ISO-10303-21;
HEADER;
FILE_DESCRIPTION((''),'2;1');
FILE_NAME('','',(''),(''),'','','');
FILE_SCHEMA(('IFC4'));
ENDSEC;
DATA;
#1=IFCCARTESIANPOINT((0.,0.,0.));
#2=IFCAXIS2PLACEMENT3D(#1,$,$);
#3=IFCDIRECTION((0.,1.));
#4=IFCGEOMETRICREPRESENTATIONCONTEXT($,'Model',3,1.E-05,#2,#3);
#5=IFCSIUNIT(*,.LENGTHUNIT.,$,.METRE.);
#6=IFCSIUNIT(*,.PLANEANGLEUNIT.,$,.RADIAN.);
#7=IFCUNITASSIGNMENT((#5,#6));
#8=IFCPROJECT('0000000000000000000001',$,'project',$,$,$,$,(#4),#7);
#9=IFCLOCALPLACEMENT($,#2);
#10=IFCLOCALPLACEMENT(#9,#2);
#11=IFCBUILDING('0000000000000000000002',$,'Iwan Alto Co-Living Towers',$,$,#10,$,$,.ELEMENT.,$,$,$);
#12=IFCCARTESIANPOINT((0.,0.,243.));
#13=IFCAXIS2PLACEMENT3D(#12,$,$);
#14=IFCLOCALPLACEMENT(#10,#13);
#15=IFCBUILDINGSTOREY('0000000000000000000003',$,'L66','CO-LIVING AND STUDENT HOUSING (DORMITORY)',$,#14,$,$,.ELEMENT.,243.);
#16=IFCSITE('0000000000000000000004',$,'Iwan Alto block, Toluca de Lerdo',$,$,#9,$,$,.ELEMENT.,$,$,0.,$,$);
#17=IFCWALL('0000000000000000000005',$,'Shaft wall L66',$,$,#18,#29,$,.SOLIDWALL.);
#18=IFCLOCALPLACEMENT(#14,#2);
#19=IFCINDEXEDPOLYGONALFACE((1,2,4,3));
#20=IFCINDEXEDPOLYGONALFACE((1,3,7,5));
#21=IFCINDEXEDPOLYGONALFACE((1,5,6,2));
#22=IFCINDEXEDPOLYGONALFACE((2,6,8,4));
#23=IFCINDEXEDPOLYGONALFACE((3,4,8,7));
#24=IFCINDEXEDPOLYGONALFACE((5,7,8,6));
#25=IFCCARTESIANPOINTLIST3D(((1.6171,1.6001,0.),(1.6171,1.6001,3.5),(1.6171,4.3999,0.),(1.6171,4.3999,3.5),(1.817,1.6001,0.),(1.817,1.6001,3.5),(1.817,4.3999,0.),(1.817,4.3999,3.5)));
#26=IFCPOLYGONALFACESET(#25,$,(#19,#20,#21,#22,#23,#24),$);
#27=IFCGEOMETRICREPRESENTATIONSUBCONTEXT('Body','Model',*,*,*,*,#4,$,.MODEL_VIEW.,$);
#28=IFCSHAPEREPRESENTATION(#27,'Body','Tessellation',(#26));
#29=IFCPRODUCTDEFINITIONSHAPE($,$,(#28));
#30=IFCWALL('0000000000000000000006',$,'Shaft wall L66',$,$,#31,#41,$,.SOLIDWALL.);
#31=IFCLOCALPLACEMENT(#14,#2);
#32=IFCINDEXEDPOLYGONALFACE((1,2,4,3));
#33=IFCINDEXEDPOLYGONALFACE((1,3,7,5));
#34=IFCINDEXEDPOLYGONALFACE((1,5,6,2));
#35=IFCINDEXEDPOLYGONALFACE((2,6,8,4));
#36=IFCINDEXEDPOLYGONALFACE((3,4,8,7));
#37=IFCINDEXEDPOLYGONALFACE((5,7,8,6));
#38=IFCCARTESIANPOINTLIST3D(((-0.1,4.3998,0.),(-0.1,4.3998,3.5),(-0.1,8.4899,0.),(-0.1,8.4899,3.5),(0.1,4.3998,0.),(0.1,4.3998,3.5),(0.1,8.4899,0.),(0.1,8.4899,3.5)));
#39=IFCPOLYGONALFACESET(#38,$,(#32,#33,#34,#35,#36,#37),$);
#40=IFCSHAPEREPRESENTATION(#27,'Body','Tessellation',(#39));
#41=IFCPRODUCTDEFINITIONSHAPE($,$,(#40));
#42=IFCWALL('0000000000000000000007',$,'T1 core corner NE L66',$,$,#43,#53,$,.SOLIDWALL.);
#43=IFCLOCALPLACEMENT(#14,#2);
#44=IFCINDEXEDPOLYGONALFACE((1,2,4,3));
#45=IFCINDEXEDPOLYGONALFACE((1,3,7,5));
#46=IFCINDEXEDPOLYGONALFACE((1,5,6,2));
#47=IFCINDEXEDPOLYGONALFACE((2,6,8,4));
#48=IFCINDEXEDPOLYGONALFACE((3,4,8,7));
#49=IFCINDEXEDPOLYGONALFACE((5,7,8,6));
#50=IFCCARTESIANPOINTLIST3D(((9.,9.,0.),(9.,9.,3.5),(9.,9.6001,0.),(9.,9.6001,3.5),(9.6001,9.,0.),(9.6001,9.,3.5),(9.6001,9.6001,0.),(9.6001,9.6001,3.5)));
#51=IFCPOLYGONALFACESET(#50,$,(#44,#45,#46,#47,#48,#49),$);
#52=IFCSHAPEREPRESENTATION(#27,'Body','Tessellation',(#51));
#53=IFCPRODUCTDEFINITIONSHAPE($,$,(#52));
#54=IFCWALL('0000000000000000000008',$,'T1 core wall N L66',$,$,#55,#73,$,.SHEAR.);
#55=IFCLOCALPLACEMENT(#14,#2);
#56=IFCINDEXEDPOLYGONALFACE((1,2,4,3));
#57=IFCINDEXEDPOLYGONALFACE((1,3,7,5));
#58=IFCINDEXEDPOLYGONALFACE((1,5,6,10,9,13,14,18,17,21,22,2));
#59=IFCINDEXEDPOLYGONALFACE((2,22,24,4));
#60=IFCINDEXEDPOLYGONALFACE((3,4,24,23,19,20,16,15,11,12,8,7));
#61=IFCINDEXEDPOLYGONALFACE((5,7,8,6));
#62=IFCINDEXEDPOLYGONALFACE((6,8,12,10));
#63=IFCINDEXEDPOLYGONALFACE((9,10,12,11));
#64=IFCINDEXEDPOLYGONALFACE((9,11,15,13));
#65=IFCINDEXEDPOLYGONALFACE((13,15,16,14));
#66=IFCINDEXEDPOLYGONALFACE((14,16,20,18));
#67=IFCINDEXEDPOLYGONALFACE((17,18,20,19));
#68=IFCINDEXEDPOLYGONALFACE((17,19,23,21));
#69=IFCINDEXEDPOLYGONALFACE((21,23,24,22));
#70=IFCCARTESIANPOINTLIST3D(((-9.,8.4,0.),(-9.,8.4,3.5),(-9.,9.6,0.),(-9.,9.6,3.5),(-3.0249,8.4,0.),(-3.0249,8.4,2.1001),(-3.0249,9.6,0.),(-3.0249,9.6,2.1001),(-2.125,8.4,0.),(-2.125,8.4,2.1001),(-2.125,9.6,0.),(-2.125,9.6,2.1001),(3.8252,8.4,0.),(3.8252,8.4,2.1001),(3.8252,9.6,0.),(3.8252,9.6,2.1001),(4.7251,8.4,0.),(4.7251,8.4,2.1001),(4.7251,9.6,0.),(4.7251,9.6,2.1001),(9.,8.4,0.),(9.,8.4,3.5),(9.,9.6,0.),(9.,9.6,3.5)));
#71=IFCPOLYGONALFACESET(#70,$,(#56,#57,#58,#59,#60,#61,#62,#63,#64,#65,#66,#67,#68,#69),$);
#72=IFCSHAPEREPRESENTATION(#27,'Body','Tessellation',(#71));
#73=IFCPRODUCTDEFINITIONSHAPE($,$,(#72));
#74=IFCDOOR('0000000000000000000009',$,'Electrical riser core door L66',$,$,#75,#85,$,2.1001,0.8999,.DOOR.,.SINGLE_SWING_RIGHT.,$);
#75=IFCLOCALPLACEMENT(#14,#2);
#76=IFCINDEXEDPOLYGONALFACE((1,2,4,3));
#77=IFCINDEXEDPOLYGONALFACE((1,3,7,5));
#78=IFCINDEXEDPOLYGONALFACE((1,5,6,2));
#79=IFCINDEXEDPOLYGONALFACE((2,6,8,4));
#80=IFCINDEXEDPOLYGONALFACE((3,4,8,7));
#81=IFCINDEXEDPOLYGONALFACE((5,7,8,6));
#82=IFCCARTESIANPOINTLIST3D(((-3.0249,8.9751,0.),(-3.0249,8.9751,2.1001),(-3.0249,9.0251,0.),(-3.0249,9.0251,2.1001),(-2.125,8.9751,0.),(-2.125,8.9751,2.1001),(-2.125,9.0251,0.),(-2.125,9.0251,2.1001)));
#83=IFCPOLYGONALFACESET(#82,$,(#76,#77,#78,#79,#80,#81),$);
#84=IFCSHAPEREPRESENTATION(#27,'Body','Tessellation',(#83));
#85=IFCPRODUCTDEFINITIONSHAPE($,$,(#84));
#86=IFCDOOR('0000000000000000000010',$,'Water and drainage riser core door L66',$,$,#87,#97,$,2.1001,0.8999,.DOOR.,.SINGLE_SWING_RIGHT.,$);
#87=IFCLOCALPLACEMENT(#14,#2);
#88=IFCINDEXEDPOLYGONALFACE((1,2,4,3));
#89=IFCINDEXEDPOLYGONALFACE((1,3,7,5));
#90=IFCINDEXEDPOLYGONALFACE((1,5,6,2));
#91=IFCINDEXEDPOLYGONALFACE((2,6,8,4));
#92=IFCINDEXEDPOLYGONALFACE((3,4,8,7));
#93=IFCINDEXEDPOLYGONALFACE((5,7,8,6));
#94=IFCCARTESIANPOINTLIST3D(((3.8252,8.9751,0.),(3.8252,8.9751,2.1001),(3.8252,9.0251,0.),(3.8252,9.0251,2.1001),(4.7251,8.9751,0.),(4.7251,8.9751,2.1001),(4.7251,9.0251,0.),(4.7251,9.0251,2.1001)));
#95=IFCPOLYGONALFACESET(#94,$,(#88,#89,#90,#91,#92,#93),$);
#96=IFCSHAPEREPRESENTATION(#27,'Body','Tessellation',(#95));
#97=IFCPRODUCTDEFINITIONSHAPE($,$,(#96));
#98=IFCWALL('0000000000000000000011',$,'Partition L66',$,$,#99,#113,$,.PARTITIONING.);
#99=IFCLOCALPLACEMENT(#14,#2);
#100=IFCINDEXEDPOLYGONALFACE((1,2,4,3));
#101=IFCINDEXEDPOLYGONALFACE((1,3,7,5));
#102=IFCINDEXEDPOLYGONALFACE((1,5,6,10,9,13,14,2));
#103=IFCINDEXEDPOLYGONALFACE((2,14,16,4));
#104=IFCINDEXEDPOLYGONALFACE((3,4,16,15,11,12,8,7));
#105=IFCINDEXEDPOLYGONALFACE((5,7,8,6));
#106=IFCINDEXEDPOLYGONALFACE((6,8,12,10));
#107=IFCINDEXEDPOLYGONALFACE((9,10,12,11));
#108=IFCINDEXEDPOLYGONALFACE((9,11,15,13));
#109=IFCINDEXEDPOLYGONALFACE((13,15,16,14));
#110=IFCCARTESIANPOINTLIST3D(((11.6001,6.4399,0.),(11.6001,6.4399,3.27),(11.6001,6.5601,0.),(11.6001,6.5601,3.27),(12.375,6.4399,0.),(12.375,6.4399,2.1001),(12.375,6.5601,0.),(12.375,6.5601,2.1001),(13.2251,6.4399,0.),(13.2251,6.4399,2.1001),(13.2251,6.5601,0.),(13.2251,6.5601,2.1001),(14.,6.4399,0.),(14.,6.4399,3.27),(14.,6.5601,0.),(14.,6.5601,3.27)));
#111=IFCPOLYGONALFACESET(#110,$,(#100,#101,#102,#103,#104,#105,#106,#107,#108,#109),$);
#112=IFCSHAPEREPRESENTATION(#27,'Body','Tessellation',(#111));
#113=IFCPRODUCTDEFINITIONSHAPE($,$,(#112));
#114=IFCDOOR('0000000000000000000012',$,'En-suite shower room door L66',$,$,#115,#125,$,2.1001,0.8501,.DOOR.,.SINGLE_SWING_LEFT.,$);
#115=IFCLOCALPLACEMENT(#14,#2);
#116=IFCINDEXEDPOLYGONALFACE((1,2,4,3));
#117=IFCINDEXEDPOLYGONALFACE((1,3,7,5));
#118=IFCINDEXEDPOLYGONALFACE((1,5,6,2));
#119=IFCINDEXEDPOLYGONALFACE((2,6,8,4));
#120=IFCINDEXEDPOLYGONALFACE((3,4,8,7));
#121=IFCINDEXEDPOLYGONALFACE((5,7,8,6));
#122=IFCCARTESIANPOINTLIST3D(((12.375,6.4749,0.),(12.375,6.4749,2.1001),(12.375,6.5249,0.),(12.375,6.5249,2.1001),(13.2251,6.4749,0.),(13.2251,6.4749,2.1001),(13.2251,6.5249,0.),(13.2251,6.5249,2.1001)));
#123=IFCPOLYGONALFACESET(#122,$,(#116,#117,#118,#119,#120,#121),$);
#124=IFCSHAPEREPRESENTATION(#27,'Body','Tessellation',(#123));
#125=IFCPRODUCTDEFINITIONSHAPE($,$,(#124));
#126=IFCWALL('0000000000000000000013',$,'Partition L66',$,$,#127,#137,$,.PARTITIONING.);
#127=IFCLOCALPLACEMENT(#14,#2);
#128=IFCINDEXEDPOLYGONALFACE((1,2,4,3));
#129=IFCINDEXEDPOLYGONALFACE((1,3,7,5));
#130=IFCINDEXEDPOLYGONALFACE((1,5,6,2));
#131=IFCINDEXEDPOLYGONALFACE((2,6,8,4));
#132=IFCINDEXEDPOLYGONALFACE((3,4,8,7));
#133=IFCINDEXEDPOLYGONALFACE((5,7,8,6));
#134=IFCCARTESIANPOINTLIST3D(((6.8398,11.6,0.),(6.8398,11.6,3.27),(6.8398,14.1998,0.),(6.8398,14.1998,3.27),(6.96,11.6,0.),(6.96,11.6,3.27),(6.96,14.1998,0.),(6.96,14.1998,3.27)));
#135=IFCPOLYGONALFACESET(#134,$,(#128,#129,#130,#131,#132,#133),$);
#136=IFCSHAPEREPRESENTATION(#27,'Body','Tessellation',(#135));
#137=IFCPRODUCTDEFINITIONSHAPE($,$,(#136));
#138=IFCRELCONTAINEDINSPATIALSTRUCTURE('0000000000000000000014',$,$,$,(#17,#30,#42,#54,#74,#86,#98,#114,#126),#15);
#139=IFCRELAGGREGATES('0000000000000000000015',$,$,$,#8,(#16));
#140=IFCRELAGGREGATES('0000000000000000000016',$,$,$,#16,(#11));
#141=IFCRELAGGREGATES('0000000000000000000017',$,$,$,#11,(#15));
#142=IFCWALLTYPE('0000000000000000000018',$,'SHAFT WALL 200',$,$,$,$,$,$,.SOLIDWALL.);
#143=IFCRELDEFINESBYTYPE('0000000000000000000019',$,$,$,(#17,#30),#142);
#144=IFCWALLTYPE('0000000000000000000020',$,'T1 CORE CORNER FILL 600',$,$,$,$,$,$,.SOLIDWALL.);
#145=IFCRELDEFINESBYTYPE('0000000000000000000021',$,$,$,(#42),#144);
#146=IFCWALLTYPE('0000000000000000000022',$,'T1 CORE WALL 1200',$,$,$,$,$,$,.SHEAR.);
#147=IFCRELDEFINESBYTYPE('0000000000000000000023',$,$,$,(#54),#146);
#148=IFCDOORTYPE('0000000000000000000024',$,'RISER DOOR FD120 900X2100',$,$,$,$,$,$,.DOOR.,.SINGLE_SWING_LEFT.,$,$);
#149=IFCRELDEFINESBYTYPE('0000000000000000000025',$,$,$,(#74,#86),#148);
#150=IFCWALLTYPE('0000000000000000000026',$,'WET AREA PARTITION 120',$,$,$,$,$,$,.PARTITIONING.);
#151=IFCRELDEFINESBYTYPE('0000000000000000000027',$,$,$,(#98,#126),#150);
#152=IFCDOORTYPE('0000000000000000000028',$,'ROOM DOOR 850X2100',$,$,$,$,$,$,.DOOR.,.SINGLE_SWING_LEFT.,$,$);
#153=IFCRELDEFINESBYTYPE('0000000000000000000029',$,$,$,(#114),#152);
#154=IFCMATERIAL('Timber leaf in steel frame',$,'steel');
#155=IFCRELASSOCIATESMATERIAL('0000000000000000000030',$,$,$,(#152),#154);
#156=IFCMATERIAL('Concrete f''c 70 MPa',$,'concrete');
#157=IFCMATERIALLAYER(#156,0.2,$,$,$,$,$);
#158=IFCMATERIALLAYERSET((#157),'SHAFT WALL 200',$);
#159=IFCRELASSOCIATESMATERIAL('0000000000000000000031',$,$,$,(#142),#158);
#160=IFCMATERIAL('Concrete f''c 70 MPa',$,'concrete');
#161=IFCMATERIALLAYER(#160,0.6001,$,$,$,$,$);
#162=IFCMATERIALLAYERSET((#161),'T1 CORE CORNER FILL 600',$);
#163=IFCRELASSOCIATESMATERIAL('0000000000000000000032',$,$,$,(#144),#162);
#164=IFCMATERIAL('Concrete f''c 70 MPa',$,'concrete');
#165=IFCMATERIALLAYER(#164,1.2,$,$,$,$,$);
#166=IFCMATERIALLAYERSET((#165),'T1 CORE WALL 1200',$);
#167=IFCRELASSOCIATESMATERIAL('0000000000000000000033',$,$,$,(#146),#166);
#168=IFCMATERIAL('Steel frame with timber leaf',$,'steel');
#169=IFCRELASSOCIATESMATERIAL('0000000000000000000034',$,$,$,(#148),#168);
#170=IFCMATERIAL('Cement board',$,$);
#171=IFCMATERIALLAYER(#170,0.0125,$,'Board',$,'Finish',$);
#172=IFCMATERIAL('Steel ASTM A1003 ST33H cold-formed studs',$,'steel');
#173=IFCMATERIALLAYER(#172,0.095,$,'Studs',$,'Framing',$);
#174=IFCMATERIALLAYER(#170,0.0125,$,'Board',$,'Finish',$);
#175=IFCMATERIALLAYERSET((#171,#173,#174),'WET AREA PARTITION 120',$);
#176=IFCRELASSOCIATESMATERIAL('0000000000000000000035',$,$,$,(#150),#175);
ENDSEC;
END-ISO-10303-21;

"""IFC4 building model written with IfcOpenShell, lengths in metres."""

from ifc_helpers import new_model, si_unit, direction, frame, frame_2d, origin, place, context, subcontext, project, spatial, rectangle, extrude, material, layer, layer_set, type_object, element, fill, save


model = new_model("IFC4")

# Units and contexts
model_context = context("Model", 3, precision=1e-05, world=origin(), true_north=direction((0.0, 1.0)))
body_context = subcontext(model_context, "Body", "Model", "MODEL_VIEW")
ifc_project = project(units=[si_unit("LENGTHUNIT", "METRE"), si_unit("PLANEANGLEUNIT", "RADIAN")], contexts=[model_context])

# Site, building, storey
site_placement = place(None, origin())
site = spatial("IfcSite", under=ifc_project, at=site_placement, Name="Iwan Alto block, Toluca de Lerdo", CompositionType="ELEMENT", RefElevation=0.0)
building_placement = place(site_placement, origin())
building = spatial("IfcBuilding", under=site, at=building_placement, Name="Iwan Alto Co-Living Towers", CompositionType="ELEMENT")
storey_placement = place(building_placement, frame((0.0, 0.0, 243.0)))
storey = spatial("IfcBuildingStorey", under=building, at=storey_placement, Name="L66", Description="CO-LIVING AND STUDENT HOUSING (DORMITORY)", CompositionType="ELEMENT", Elevation=243.0)

# Shared definitions
ifc_material_1 = material(Name="Steel ASTM A1003 ST33H cold-formed studs", Category="steel")
ifc_material_2 = material(Name="Timber leaf in steel frame", Category="steel")
door_type_1 = type_object("IfcDoorType", Name="ROOM DOOR 850X2100", OperationType="SINGLE_SWING_LEFT", PredefinedType="DOOR", material=ifc_material_2)

# Walls
ifc_material_3 = material(Name="Concrete f'c 70 MPa", Category="concrete")
ifc_layer_1 = layer(ifc_material_3, 0.2)
ifc_layer_set_1 = layer_set([ifc_layer_1], Name="SHAFT WALL 200")
wall_type_1 = type_object("IfcWallType", Name="SHAFT WALL 200", PredefinedType="SOLIDWALL", material=ifc_layer_set_1)
wall_1_placement = place(storey_placement, frame((1.717, 1.6001, 0.0), z_axis=(0.0, 0.0, 1.0), x_axis=(0.0, 1.0, 0.0)))
element("IfcWall", 1, at=wall_1_placement, inside=storey, type_object=wall_type_1, Name="Shaft wall L66", PredefinedType="SOLIDWALL", context=body_context, shape_type="SweptSolid", body=[
    extrude(rectangle(XDim=2.7998, YDim=0.2, at=frame_2d((1.3999, 0.0))), origin(), (0.0, 0.0, 1.0), 3.5),
])
wall_2_placement = place(storey_placement, frame((0.0, 4.3999, 0.0), z_axis=(0.0, 0.0, 1.0), x_axis=(0.0, 1.0, 0.0)))
element("IfcWall", 2, at=wall_2_placement, inside=storey, type_object=wall_type_1, Name="Shaft wall L66", PredefinedType="SOLIDWALL", context=body_context, shape_type="SweptSolid", body=[
    extrude(rectangle(XDim=4.0901, YDim=0.2, at=frame_2d((2.0449, 0.0))), origin(), (0.0, 0.0, 1.0), 3.5),
])
ifc_material_4 = material(Name="Concrete f'c 70 MPa", Category="concrete")
ifc_layer_2 = layer(ifc_material_4, 0.6001)
ifc_layer_set_2 = layer_set([ifc_layer_2], Name="T1 CORE CORNER FILL 600")
wall_type_2 = type_object("IfcWallType", Name="T1 CORE CORNER FILL 600", PredefinedType="SOLIDWALL", material=ifc_layer_set_2)
wall_3_placement = place(storey_placement, frame((9.0, 9.3, 0.0), z_axis=(0.0, 0.0, 1.0), x_axis=(1.0, 0.0, 0.0)))
element("IfcWall", 3, at=wall_3_placement, inside=storey, type_object=wall_type_2, Name="T1 core corner NE L66", PredefinedType="SOLIDWALL", context=body_context, shape_type="SweptSolid", body=[
    extrude(rectangle(XDim=0.6001, YDim=0.6001, at=frame_2d((0.3, 0.0))), origin(), (0.0, 0.0, 1.0), 3.5),
])

# Wall, openings, doors
ifc_material_5 = material(Name="Concrete f'c 70 MPa", Category="concrete")
ifc_layer_3 = layer(ifc_material_5, 1.2)
ifc_layer_set_3 = layer_set([ifc_layer_3], Name="T1 CORE WALL 1200")
wall_type_3 = type_object("IfcWallType", Name="T1 CORE WALL 1200", PredefinedType="SHEAR", material=ifc_layer_set_3)
wall_4_placement = place(storey_placement, frame((9.0, 9.0, 0.0), z_axis=(0.0, 0.0, 1.0), x_axis=(-1.0, 0.0, 0.0)))
wall_4 = element("IfcWall", 4, at=wall_4_placement, inside=storey, type_object=wall_type_3, Name="T1 core wall N L66", PredefinedType="SHEAR", context=body_context, shape_type="SweptSolid", body=[
    extrude(rectangle(XDim=18.0, YDim=1.2, at=frame_2d((9.0, 0.0))), origin(), (0.0, 0.0, 1.0), 3.5),
])
opening_1_placement = place(wall_4_placement, frame((11.125, 0.0, 0.0)))
opening_1 = element("IfcOpeningElement", 5, at=opening_1_placement, cuts=wall_4, PredefinedType="OPENING", context=body_context, shape_type="SweptSolid", body=[
    extrude(rectangle(XDim=0.8999, YDim=2.1001, at=frame_2d((0.45, 1.05))), frame((0.0, 0.6099, 0.0), z_axis=(0.0, -1.0, 0.0), x_axis=(1.0, 0.0, 0.0)), (0.0, 0.0, 1.0), 1.22),
])
opening_2_placement = place(wall_4_placement, frame((4.2749, 0.0, 0.0)))
opening_2 = element("IfcOpeningElement", 6, at=opening_2_placement, cuts=wall_4, PredefinedType="OPENING", context=body_context, shape_type="SweptSolid", body=[
    extrude(rectangle(XDim=0.8999, YDim=2.1001, at=frame_2d((0.45, 1.05))), frame((0.0, 0.6099, 0.0), z_axis=(0.0, -1.0, 0.0), x_axis=(1.0, 0.0, 0.0)), (0.0, 0.0, 1.0), 1.22),
])
ifc_material_6 = material(Name="Steel frame with timber leaf", Category="steel")
door_type_2 = type_object("IfcDoorType", Name="RISER DOOR FD120 900X2100", OperationType="SINGLE_SWING_LEFT", PredefinedType="DOOR", material=ifc_material_6)
door_1_placement = place(opening_1_placement, origin())
door_1 = element("IfcDoor", 7, at=door_1_placement, inside=storey, type_object=door_type_2, Name="Electrical riser core door L66", OperationType="SINGLE_SWING_RIGHT", OverallHeight=2.1001, OverallWidth=0.8999, PredefinedType="DOOR", context=body_context, shape_type="SweptSolid", body=[
    extrude(rectangle(XDim=0.8999, YDim=2.1001, at=frame_2d((0.45, 1.05))), frame((0.0, 0.0249, 0.0), z_axis=(0.0, -1.0, 0.0), x_axis=(1.0, 0.0, 0.0)), (0.0, 0.0, 1.0), 0.05),
])
fill(opening_1, door_1)
door_2_placement = place(opening_2_placement, origin())
door_2 = element("IfcDoor", 8, at=door_2_placement, inside=storey, type_object=door_type_2, Name="Water and drainage riser core door L66", OperationType="SINGLE_SWING_RIGHT", OverallHeight=2.1001, OverallWidth=0.8999, PredefinedType="DOOR", context=body_context, shape_type="SweptSolid", body=[
    extrude(rectangle(XDim=0.8999, YDim=2.1001, at=frame_2d((0.45, 1.05))), frame((0.0, 0.0249, 0.0), z_axis=(0.0, -1.0, 0.0), x_axis=(1.0, 0.0, 0.0)), (0.0, 0.0, 1.0), 0.05),
])
fill(opening_2, door_2)

# Wall, opening, door
ifc_material_7 = material(Name="Cement board")
ifc_layer_4 = layer(ifc_material_7, 0.0125, Name="Board", Category="Finish")
ifc_layer_5 = layer(ifc_material_1, 0.095, Name="Studs", Category="Framing")
ifc_layer_6 = layer(ifc_material_7, 0.0125, Name="Board", Category="Finish")
ifc_layer_set_4 = layer_set([ifc_layer_4, ifc_layer_5, ifc_layer_6], Name="WET AREA PARTITION 120")
wall_type_4 = type_object("IfcWallType", Name="WET AREA PARTITION 120", PredefinedType="PARTITIONING", material=ifc_layer_set_4)
wall_5_placement = place(storey_placement, frame((11.6001, 6.5, 0.0), z_axis=(0.0, 0.0, 1.0), x_axis=(1.0, 0.0, 0.0)))
wall_5 = element("IfcWall", 9, at=wall_5_placement, inside=storey, type_object=wall_type_4, Name="Partition L66", PredefinedType="PARTITIONING", context=body_context, shape_type="SweptSolid", body=[
    extrude(rectangle(XDim=2.3999, YDim=0.1201, at=frame_2d((1.2, 0.0))), origin(), (0.0, 0.0, 1.0), 3.27),
])
opening_3_placement = place(wall_5_placement, frame((0.7749, 0.0, 0.0)))
opening_3 = element("IfcOpeningElement", 10, at=opening_3_placement, cuts=wall_5, PredefinedType="OPENING", context=body_context, shape_type="SweptSolid", body=[
    extrude(rectangle(XDim=0.8501, YDim=2.1001, at=frame_2d((0.425, 1.05))), frame((0.0, 0.0701, 0.0), z_axis=(0.0, -1.0, 0.0), x_axis=(1.0, 0.0, 0.0)), (0.0, 0.0, 1.0), 0.1401),
])
door_3_placement = place(opening_3_placement, origin())
door_3 = element("IfcDoor", 11, at=door_3_placement, inside=storey, type_object=door_type_1, Name="En-suite shower room door L66", OperationType="SINGLE_SWING_LEFT", OverallHeight=2.1001, OverallWidth=0.8501, PredefinedType="DOOR", context=body_context, shape_type="SweptSolid", body=[
    extrude(rectangle(XDim=0.8501, YDim=2.1001, at=frame_2d((0.425, 1.05))), frame((0.0, 0.0249, 0.0), z_axis=(0.0, -1.0, 0.0), x_axis=(1.0, 0.0, 0.0)), (0.0, 0.0, 1.0), 0.05),
])
fill(opening_3, door_3)

# Wall
wall_6_placement = place(storey_placement, frame((6.8999, 11.6001, 0.0), z_axis=(0.0, 0.0, 1.0), x_axis=(0.0, 1.0, 0.0)))
element("IfcWall", 12, at=wall_6_placement, inside=storey, type_object=wall_type_4, Name="Partition L66", PredefinedType="PARTITIONING", context=body_context, shape_type="SweptSolid", body=[
    extrude(rectangle(XDim=2.5999, YDim=0.1201, at=frame_2d((1.2998, 0.0))), origin(), (0.0, 0.0, 1.0), 3.27),
])

save(model, "model.ifc")
